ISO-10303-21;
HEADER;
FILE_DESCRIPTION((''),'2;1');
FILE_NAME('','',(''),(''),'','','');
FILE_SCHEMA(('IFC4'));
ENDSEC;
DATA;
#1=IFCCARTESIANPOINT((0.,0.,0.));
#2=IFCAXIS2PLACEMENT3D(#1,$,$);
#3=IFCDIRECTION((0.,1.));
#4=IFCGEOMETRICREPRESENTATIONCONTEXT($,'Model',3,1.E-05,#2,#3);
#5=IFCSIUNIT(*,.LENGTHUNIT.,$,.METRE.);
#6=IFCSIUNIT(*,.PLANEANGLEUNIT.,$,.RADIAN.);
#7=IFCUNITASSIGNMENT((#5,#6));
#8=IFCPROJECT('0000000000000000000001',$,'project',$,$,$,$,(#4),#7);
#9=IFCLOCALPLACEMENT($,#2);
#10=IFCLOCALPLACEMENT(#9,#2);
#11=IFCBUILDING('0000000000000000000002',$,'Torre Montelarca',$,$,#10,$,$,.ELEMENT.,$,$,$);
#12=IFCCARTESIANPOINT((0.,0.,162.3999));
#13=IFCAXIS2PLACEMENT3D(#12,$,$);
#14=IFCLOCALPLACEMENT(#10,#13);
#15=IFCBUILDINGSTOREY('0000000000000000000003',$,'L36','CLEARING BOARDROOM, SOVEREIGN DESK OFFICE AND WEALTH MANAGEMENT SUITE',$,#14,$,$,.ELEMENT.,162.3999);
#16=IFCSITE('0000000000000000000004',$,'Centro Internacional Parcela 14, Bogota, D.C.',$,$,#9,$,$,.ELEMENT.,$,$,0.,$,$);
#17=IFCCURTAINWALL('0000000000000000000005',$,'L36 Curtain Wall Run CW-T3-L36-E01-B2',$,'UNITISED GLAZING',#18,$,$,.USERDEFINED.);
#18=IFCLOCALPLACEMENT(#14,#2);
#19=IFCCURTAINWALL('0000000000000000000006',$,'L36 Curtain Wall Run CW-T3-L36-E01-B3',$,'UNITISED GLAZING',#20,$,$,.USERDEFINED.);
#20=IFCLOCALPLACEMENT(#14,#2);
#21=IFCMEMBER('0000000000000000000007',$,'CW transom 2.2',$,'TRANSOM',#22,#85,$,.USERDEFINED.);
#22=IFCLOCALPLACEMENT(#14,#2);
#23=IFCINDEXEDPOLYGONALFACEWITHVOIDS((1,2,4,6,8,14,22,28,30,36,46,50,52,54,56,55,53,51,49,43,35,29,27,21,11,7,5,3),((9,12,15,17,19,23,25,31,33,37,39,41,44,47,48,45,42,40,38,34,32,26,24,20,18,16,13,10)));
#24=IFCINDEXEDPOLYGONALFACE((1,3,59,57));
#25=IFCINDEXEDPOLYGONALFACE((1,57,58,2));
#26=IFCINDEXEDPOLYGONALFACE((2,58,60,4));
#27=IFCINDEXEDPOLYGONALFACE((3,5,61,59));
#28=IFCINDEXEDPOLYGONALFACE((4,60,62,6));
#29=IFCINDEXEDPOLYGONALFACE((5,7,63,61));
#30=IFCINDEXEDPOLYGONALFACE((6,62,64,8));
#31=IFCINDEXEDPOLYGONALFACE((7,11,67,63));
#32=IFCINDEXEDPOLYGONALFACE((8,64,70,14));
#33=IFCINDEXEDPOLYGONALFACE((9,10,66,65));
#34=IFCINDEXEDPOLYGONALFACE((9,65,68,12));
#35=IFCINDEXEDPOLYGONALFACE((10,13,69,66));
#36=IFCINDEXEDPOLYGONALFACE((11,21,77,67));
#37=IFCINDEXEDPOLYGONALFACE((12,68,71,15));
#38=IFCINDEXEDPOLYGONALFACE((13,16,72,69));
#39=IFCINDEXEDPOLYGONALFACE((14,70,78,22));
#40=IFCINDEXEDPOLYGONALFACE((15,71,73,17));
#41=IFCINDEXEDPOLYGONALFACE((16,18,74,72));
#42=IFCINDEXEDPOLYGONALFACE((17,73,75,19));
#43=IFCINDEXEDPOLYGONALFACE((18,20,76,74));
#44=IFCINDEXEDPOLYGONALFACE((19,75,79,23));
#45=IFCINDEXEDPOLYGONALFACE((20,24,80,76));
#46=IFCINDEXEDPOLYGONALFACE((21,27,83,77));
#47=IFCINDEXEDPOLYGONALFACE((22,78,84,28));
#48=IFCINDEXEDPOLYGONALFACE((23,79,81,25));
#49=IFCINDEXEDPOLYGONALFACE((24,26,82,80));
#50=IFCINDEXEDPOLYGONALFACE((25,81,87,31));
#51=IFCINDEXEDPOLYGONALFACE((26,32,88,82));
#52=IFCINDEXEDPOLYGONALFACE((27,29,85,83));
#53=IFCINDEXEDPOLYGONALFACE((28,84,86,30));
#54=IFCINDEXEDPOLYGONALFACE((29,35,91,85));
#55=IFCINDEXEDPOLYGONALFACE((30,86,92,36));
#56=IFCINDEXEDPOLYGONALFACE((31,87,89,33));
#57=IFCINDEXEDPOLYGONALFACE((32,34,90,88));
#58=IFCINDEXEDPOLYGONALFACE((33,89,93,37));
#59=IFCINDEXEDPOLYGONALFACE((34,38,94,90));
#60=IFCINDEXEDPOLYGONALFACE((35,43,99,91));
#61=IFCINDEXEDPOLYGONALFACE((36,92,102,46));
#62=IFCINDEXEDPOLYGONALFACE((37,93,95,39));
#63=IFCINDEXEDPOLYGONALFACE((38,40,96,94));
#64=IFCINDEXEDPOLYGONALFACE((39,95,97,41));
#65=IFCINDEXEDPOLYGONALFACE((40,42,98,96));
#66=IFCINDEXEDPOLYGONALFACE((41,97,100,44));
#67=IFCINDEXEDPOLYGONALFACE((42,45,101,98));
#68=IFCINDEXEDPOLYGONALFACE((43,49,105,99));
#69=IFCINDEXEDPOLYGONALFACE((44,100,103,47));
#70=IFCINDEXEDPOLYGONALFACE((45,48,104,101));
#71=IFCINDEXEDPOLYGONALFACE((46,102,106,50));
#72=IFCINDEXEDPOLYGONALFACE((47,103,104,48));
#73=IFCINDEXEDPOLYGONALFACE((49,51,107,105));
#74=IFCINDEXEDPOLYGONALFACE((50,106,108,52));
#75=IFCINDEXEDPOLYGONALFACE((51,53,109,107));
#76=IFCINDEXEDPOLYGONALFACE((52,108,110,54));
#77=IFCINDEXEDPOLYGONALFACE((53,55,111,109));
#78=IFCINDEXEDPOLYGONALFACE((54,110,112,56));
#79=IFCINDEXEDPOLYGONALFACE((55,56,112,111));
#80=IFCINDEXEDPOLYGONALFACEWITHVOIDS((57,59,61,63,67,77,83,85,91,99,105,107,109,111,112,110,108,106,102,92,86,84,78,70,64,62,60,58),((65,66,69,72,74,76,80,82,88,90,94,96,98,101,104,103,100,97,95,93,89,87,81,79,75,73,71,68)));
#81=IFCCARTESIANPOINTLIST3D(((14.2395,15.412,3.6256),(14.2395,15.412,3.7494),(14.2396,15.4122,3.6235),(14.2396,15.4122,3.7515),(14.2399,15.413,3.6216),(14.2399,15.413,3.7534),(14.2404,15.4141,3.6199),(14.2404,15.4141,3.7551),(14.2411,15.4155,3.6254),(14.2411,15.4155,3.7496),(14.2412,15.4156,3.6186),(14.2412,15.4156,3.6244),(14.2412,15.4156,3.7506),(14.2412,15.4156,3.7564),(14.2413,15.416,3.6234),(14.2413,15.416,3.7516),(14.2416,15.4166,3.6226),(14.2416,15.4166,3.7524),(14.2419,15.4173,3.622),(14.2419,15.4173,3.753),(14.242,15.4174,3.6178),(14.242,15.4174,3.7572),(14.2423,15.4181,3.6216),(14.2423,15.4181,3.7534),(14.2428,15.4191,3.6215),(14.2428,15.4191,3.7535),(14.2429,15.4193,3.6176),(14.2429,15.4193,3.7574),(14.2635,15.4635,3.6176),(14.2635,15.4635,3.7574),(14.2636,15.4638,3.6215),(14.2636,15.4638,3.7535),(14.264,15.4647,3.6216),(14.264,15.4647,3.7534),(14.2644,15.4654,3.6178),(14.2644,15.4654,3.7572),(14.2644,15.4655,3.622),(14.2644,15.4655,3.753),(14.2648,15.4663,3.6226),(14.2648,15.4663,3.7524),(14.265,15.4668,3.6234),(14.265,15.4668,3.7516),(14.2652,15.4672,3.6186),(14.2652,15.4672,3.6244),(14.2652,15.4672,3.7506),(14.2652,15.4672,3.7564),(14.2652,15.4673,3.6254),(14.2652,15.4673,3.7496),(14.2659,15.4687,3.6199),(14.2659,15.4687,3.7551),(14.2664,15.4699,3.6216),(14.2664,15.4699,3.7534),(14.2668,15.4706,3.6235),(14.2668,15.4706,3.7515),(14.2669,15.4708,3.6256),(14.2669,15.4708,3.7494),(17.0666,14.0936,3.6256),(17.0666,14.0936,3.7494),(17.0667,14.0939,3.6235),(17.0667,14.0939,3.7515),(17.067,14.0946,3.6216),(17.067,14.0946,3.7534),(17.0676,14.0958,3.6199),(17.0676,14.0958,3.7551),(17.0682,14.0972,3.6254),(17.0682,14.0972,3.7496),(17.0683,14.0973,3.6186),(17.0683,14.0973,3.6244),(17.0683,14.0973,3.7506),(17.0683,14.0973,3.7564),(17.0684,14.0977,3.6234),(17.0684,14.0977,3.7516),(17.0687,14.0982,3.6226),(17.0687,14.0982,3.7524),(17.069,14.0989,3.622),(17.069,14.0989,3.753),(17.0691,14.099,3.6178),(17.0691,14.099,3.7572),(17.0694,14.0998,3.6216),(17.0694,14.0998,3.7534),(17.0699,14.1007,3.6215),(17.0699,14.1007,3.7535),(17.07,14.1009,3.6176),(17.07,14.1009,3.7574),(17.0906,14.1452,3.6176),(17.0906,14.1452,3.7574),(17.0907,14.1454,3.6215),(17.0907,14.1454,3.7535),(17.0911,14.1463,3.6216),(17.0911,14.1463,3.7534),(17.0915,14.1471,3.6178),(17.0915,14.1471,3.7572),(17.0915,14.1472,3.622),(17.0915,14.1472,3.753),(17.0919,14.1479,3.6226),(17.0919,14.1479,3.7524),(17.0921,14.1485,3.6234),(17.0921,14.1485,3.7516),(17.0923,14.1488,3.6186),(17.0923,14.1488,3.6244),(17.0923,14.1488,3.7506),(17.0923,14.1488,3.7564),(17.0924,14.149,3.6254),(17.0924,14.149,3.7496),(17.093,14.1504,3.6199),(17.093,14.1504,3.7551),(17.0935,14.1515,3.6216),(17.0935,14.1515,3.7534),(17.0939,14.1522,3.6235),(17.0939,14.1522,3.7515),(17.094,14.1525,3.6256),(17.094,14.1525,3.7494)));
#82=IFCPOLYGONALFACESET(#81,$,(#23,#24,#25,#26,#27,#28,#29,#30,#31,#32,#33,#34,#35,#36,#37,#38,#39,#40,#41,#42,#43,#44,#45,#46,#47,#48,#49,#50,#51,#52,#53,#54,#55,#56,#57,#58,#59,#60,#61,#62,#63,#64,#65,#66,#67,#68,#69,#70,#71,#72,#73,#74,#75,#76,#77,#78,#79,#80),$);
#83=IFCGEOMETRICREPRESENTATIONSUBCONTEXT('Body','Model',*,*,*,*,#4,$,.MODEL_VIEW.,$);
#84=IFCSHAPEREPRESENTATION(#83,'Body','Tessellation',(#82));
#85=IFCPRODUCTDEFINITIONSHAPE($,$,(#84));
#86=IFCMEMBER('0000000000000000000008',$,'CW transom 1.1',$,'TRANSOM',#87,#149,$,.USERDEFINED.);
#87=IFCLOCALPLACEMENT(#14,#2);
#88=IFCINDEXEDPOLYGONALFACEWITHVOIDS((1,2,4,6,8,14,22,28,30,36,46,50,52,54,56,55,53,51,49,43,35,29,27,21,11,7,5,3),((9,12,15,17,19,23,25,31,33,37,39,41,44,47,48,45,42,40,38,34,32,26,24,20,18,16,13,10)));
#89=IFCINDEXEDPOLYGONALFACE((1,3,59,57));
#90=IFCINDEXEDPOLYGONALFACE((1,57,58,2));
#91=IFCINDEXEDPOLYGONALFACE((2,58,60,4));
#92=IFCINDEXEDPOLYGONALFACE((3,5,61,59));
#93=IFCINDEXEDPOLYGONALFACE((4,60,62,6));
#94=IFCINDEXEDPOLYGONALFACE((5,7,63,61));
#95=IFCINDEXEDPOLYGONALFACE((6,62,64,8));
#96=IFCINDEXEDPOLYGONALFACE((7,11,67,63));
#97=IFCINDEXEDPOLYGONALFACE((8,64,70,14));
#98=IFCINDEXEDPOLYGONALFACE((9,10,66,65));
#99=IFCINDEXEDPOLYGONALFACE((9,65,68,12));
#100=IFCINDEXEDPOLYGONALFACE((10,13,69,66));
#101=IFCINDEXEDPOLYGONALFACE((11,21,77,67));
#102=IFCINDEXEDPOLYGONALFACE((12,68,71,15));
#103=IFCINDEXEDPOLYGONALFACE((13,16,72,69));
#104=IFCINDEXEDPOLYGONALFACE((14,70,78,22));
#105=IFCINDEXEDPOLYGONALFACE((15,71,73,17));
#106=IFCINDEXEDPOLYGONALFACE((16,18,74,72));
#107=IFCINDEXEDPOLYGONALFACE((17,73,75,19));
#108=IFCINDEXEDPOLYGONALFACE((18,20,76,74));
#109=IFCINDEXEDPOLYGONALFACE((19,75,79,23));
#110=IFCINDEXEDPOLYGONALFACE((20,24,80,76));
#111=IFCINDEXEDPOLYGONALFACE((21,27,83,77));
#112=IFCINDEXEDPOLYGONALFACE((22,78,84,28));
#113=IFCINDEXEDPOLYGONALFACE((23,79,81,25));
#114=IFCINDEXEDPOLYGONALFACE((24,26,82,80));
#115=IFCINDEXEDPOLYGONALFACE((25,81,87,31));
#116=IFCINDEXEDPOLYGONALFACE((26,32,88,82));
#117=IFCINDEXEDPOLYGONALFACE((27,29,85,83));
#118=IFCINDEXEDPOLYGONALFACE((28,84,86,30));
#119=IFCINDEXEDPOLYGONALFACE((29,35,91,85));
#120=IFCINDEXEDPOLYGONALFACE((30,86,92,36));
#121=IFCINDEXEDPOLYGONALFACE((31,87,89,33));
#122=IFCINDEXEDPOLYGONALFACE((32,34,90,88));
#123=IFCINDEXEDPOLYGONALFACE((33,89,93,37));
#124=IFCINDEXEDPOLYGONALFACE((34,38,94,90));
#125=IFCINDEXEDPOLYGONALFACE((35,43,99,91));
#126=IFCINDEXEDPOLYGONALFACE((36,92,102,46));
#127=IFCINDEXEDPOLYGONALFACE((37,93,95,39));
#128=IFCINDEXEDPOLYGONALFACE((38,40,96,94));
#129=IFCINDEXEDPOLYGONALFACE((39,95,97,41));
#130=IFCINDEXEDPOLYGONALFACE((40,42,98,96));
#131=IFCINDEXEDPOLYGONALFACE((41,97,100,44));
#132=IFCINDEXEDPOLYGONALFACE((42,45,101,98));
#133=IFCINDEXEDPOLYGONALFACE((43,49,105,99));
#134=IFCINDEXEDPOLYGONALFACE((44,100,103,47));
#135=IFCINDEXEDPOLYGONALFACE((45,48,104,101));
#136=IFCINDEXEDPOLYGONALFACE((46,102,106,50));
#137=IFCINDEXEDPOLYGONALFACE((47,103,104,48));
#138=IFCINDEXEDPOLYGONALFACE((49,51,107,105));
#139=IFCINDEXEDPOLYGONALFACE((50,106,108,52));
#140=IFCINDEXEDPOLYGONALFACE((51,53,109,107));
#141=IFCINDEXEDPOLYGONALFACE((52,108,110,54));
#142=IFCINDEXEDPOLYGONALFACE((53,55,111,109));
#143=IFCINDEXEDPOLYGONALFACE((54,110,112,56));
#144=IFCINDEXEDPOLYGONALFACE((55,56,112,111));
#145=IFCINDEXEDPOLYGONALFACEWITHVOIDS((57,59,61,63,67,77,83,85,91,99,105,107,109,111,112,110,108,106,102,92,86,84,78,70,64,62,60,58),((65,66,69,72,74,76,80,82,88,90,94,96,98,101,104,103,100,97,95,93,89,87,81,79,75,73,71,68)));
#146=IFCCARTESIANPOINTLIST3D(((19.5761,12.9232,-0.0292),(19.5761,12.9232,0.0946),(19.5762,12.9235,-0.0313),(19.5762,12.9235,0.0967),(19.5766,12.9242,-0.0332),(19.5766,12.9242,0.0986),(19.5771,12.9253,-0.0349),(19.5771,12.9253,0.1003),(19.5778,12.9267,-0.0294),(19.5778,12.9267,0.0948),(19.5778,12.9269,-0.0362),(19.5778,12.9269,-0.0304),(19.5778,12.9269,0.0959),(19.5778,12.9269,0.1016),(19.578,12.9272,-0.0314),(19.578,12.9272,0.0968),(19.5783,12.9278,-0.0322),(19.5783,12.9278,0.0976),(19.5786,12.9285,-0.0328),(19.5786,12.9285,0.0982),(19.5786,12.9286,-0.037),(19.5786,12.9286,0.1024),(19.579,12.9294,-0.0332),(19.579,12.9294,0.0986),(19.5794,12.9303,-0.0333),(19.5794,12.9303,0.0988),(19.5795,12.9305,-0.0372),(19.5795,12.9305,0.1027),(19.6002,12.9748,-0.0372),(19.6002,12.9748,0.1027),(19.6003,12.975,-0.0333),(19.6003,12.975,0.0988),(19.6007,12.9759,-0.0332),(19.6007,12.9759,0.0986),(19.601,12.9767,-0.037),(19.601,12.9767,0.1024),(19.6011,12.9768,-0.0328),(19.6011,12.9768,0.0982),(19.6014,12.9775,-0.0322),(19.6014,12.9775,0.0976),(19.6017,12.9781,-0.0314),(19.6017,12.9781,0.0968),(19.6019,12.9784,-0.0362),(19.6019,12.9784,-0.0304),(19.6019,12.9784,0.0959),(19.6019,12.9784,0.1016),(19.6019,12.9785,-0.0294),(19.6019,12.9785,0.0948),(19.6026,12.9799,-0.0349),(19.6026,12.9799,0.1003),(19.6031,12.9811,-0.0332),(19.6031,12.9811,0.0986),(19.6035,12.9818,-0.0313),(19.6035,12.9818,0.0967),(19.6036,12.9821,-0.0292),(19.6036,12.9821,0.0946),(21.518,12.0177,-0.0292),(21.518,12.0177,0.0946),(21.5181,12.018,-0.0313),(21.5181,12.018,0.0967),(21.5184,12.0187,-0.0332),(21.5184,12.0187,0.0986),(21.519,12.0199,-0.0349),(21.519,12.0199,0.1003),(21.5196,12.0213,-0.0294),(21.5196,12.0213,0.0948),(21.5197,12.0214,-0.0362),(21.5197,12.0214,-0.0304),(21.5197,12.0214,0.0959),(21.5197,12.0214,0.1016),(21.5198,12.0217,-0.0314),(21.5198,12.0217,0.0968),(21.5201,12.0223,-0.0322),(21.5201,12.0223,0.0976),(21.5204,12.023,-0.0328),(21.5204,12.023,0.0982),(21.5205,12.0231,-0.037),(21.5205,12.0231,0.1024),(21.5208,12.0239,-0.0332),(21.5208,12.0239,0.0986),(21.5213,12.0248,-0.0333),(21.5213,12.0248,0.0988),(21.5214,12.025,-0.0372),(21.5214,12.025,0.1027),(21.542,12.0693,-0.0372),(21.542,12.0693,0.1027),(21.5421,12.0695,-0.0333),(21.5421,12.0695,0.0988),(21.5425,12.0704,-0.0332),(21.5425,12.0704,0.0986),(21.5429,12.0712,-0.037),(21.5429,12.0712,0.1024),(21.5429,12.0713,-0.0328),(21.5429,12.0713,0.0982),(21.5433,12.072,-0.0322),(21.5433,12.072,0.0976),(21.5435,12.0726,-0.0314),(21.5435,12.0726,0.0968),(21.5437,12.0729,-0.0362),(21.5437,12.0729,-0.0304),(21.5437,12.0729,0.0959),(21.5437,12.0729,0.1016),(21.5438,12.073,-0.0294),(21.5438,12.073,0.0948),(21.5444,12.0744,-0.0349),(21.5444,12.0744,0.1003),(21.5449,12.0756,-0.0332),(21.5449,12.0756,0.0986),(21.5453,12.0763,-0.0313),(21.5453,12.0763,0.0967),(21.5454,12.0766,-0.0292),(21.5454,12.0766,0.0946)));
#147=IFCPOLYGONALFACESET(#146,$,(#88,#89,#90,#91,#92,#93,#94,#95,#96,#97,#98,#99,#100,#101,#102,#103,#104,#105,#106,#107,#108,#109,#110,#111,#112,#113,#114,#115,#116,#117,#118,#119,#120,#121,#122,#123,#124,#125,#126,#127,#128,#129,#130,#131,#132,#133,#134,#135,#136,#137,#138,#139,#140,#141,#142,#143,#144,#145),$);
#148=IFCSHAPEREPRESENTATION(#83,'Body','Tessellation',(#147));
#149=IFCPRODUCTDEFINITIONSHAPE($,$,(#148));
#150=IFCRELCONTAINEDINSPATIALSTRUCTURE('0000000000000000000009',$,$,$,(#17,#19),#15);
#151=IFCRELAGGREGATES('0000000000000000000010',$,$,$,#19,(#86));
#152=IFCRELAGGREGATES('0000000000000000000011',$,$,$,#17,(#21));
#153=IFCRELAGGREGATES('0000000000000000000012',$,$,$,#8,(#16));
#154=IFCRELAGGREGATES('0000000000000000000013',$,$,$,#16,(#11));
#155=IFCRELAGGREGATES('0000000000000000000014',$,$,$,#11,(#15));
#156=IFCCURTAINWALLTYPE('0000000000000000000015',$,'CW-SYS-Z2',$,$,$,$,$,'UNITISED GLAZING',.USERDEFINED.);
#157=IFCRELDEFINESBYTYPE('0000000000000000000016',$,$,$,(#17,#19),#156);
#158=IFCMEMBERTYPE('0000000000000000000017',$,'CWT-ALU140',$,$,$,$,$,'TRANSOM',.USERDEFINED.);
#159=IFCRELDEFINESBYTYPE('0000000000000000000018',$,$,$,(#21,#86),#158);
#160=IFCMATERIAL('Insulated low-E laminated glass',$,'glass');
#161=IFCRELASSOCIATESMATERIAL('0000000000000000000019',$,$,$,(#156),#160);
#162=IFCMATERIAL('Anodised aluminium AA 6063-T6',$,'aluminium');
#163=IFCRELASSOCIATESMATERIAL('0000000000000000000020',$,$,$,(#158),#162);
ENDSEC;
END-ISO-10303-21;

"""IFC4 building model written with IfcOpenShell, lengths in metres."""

from ifc_helpers import new_model, si_unit, direction, frame, origin, origin_2d, place, context, subcontext, project, spatial, hollow_rectangle, extrude, source, transform, mapped, material, material_profile, profile_set, type_object, element, aggregate, save


model = new_model("IFC4")

# Units and contexts
model_context = context("Model", 3, precision=1e-05, world=origin(), true_north=direction((0.0, 1.0)))
body_context = subcontext(model_context, "Body", "Model", "MODEL_VIEW")
ifc_project = project(units=[si_unit("LENGTHUNIT", "METRE"), si_unit("PLANEANGLEUNIT", "RADIAN")], contexts=[model_context])

# Site, building, storey
site_placement = place(None, origin())
site = spatial("IfcSite", under=ifc_project, at=site_placement, Name="Centro Internacional Parcela 14, Bogota, D.C.", CompositionType="ELEMENT", RefElevation=0.0)
building_placement = place(site_placement, origin())
building = spatial("IfcBuilding", under=site, at=building_placement, Name="Torre Montelarca", CompositionType="ELEMENT")
storey_placement = place(building_placement, frame((0.0, 0.0, 162.3999)))
storey = spatial("IfcBuildingStorey", under=building, at=storey_placement, Name="L36", Description="CLEARING BOARDROOM, SOVEREIGN DESK OFFICE AND WEALTH MANAGEMENT SUITE", CompositionType="ELEMENT", Elevation=162.3999)

# Curtain walls
ifc_material_1 = material(Name="Insulated low-E laminated glass", Category="glass")
curtain_wall_type = type_object("IfcCurtainWallType", Name="CW-SYS-Z2", ElementType="UNITISED GLAZING", PredefinedType="USERDEFINED", material=ifc_material_1)
ifc_material_2 = material(Name="Anodised aluminium AA 6063-T6", Category="aluminium")
curtain_wall_1_placement = place(storey_placement, origin())
curtain_wall_1 = element("IfcCurtainWall", 1, at=curtain_wall_1_placement, inside=storey, type_object=curtain_wall_type, Name="L36 Curtain Wall Run CW-T3-L36-E01-B2", ObjectType="UNITISED GLAZING", PredefinedType="USERDEFINED")
curtain_wall_2_placement = place(storey_placement, origin())
curtain_wall_2 = element("IfcCurtainWall", 2, at=curtain_wall_2_placement, inside=storey, type_object=curtain_wall_type, Name="L36 Curtain Wall Run CW-T3-L36-E01-B3", ObjectType="UNITISED GLAZING", PredefinedType="USERDEFINED")

# Members
ifc_material_profile_1 = material_profile(ifc_material_2, hollow_rectangle(XDim=0.0649, YDim=0.1399, WallThickness=0.0039, InnerFilletRadius=0.0039, OuterFilletRadius=0.0081, at=origin_2d()), Name="ALU65X140X4", Category="aluminium")
ifc_profile_set_1 = profile_set([ifc_material_profile_1], Name="Anodised aluminium AA 6063-T6")
member_type_1 = type_object("IfcMemberType", Name="CWT-ALU140", ElementType="TRANSOM", PredefinedType="USERDEFINED", material=ifc_profile_set_1)
shared_shape_1 = source(origin(), body_context, "Body", "SweptSolid", [
    extrude(hollow_rectangle(XDim=0.0649, YDim=0.1399, WallThickness=0.0039, InnerFilletRadius=0.0039, OuterFilletRadius=0.0081, at=origin_2d()), origin(), (0.0, 0.0, 1.0), 3.1194),
])
member_1_placement = place(storey_placement, frame((14.2532, 15.4414, 3.6875), z_axis=(0.906303, -0.422628, 0.0), x_axis=(0.422628, 0.906303, 0.0)))
member_1 = element("IfcMember", 3, at=member_1_placement, type_object=member_type_1, Name="CW transom 2.2", ObjectType="TRANSOM", PredefinedType="USERDEFINED", context=body_context, shape_type="MappedRepresentation", body=[
    mapped(shared_shape_1, transform((0.0, 0.0, 0.0), scale=1.0)),
])
shared_shape_2 = source(origin(), body_context, "Body", "SweptSolid", [
    extrude(hollow_rectangle(XDim=0.0649, YDim=0.1399, WallThickness=0.0039, InnerFilletRadius=0.0039, OuterFilletRadius=0.0081, at=origin_2d()), origin(), (0.0, 0.0, 1.0), 2.1426),
])
member_2_placement = place(storey_placement, frame((19.5898, 12.9526, 0.0327), z_axis=(0.906308, -0.422617, 0.0), x_axis=(0.422617, 0.906308, 0.0)))
member_2 = element("IfcMember", 4, at=member_2_placement, type_object=member_type_1, Name="CW transom 1.1", ObjectType="TRANSOM", PredefinedType="USERDEFINED", context=body_context, shape_type="MappedRepresentation", body=[
    mapped(shared_shape_2, transform((0.0, 0.0, 0.0), scale=1.0)),
])

aggregate(curtain_wall_2, [member_2])
aggregate(curtain_wall_1, [member_1])

save(model, "model.ifc")
